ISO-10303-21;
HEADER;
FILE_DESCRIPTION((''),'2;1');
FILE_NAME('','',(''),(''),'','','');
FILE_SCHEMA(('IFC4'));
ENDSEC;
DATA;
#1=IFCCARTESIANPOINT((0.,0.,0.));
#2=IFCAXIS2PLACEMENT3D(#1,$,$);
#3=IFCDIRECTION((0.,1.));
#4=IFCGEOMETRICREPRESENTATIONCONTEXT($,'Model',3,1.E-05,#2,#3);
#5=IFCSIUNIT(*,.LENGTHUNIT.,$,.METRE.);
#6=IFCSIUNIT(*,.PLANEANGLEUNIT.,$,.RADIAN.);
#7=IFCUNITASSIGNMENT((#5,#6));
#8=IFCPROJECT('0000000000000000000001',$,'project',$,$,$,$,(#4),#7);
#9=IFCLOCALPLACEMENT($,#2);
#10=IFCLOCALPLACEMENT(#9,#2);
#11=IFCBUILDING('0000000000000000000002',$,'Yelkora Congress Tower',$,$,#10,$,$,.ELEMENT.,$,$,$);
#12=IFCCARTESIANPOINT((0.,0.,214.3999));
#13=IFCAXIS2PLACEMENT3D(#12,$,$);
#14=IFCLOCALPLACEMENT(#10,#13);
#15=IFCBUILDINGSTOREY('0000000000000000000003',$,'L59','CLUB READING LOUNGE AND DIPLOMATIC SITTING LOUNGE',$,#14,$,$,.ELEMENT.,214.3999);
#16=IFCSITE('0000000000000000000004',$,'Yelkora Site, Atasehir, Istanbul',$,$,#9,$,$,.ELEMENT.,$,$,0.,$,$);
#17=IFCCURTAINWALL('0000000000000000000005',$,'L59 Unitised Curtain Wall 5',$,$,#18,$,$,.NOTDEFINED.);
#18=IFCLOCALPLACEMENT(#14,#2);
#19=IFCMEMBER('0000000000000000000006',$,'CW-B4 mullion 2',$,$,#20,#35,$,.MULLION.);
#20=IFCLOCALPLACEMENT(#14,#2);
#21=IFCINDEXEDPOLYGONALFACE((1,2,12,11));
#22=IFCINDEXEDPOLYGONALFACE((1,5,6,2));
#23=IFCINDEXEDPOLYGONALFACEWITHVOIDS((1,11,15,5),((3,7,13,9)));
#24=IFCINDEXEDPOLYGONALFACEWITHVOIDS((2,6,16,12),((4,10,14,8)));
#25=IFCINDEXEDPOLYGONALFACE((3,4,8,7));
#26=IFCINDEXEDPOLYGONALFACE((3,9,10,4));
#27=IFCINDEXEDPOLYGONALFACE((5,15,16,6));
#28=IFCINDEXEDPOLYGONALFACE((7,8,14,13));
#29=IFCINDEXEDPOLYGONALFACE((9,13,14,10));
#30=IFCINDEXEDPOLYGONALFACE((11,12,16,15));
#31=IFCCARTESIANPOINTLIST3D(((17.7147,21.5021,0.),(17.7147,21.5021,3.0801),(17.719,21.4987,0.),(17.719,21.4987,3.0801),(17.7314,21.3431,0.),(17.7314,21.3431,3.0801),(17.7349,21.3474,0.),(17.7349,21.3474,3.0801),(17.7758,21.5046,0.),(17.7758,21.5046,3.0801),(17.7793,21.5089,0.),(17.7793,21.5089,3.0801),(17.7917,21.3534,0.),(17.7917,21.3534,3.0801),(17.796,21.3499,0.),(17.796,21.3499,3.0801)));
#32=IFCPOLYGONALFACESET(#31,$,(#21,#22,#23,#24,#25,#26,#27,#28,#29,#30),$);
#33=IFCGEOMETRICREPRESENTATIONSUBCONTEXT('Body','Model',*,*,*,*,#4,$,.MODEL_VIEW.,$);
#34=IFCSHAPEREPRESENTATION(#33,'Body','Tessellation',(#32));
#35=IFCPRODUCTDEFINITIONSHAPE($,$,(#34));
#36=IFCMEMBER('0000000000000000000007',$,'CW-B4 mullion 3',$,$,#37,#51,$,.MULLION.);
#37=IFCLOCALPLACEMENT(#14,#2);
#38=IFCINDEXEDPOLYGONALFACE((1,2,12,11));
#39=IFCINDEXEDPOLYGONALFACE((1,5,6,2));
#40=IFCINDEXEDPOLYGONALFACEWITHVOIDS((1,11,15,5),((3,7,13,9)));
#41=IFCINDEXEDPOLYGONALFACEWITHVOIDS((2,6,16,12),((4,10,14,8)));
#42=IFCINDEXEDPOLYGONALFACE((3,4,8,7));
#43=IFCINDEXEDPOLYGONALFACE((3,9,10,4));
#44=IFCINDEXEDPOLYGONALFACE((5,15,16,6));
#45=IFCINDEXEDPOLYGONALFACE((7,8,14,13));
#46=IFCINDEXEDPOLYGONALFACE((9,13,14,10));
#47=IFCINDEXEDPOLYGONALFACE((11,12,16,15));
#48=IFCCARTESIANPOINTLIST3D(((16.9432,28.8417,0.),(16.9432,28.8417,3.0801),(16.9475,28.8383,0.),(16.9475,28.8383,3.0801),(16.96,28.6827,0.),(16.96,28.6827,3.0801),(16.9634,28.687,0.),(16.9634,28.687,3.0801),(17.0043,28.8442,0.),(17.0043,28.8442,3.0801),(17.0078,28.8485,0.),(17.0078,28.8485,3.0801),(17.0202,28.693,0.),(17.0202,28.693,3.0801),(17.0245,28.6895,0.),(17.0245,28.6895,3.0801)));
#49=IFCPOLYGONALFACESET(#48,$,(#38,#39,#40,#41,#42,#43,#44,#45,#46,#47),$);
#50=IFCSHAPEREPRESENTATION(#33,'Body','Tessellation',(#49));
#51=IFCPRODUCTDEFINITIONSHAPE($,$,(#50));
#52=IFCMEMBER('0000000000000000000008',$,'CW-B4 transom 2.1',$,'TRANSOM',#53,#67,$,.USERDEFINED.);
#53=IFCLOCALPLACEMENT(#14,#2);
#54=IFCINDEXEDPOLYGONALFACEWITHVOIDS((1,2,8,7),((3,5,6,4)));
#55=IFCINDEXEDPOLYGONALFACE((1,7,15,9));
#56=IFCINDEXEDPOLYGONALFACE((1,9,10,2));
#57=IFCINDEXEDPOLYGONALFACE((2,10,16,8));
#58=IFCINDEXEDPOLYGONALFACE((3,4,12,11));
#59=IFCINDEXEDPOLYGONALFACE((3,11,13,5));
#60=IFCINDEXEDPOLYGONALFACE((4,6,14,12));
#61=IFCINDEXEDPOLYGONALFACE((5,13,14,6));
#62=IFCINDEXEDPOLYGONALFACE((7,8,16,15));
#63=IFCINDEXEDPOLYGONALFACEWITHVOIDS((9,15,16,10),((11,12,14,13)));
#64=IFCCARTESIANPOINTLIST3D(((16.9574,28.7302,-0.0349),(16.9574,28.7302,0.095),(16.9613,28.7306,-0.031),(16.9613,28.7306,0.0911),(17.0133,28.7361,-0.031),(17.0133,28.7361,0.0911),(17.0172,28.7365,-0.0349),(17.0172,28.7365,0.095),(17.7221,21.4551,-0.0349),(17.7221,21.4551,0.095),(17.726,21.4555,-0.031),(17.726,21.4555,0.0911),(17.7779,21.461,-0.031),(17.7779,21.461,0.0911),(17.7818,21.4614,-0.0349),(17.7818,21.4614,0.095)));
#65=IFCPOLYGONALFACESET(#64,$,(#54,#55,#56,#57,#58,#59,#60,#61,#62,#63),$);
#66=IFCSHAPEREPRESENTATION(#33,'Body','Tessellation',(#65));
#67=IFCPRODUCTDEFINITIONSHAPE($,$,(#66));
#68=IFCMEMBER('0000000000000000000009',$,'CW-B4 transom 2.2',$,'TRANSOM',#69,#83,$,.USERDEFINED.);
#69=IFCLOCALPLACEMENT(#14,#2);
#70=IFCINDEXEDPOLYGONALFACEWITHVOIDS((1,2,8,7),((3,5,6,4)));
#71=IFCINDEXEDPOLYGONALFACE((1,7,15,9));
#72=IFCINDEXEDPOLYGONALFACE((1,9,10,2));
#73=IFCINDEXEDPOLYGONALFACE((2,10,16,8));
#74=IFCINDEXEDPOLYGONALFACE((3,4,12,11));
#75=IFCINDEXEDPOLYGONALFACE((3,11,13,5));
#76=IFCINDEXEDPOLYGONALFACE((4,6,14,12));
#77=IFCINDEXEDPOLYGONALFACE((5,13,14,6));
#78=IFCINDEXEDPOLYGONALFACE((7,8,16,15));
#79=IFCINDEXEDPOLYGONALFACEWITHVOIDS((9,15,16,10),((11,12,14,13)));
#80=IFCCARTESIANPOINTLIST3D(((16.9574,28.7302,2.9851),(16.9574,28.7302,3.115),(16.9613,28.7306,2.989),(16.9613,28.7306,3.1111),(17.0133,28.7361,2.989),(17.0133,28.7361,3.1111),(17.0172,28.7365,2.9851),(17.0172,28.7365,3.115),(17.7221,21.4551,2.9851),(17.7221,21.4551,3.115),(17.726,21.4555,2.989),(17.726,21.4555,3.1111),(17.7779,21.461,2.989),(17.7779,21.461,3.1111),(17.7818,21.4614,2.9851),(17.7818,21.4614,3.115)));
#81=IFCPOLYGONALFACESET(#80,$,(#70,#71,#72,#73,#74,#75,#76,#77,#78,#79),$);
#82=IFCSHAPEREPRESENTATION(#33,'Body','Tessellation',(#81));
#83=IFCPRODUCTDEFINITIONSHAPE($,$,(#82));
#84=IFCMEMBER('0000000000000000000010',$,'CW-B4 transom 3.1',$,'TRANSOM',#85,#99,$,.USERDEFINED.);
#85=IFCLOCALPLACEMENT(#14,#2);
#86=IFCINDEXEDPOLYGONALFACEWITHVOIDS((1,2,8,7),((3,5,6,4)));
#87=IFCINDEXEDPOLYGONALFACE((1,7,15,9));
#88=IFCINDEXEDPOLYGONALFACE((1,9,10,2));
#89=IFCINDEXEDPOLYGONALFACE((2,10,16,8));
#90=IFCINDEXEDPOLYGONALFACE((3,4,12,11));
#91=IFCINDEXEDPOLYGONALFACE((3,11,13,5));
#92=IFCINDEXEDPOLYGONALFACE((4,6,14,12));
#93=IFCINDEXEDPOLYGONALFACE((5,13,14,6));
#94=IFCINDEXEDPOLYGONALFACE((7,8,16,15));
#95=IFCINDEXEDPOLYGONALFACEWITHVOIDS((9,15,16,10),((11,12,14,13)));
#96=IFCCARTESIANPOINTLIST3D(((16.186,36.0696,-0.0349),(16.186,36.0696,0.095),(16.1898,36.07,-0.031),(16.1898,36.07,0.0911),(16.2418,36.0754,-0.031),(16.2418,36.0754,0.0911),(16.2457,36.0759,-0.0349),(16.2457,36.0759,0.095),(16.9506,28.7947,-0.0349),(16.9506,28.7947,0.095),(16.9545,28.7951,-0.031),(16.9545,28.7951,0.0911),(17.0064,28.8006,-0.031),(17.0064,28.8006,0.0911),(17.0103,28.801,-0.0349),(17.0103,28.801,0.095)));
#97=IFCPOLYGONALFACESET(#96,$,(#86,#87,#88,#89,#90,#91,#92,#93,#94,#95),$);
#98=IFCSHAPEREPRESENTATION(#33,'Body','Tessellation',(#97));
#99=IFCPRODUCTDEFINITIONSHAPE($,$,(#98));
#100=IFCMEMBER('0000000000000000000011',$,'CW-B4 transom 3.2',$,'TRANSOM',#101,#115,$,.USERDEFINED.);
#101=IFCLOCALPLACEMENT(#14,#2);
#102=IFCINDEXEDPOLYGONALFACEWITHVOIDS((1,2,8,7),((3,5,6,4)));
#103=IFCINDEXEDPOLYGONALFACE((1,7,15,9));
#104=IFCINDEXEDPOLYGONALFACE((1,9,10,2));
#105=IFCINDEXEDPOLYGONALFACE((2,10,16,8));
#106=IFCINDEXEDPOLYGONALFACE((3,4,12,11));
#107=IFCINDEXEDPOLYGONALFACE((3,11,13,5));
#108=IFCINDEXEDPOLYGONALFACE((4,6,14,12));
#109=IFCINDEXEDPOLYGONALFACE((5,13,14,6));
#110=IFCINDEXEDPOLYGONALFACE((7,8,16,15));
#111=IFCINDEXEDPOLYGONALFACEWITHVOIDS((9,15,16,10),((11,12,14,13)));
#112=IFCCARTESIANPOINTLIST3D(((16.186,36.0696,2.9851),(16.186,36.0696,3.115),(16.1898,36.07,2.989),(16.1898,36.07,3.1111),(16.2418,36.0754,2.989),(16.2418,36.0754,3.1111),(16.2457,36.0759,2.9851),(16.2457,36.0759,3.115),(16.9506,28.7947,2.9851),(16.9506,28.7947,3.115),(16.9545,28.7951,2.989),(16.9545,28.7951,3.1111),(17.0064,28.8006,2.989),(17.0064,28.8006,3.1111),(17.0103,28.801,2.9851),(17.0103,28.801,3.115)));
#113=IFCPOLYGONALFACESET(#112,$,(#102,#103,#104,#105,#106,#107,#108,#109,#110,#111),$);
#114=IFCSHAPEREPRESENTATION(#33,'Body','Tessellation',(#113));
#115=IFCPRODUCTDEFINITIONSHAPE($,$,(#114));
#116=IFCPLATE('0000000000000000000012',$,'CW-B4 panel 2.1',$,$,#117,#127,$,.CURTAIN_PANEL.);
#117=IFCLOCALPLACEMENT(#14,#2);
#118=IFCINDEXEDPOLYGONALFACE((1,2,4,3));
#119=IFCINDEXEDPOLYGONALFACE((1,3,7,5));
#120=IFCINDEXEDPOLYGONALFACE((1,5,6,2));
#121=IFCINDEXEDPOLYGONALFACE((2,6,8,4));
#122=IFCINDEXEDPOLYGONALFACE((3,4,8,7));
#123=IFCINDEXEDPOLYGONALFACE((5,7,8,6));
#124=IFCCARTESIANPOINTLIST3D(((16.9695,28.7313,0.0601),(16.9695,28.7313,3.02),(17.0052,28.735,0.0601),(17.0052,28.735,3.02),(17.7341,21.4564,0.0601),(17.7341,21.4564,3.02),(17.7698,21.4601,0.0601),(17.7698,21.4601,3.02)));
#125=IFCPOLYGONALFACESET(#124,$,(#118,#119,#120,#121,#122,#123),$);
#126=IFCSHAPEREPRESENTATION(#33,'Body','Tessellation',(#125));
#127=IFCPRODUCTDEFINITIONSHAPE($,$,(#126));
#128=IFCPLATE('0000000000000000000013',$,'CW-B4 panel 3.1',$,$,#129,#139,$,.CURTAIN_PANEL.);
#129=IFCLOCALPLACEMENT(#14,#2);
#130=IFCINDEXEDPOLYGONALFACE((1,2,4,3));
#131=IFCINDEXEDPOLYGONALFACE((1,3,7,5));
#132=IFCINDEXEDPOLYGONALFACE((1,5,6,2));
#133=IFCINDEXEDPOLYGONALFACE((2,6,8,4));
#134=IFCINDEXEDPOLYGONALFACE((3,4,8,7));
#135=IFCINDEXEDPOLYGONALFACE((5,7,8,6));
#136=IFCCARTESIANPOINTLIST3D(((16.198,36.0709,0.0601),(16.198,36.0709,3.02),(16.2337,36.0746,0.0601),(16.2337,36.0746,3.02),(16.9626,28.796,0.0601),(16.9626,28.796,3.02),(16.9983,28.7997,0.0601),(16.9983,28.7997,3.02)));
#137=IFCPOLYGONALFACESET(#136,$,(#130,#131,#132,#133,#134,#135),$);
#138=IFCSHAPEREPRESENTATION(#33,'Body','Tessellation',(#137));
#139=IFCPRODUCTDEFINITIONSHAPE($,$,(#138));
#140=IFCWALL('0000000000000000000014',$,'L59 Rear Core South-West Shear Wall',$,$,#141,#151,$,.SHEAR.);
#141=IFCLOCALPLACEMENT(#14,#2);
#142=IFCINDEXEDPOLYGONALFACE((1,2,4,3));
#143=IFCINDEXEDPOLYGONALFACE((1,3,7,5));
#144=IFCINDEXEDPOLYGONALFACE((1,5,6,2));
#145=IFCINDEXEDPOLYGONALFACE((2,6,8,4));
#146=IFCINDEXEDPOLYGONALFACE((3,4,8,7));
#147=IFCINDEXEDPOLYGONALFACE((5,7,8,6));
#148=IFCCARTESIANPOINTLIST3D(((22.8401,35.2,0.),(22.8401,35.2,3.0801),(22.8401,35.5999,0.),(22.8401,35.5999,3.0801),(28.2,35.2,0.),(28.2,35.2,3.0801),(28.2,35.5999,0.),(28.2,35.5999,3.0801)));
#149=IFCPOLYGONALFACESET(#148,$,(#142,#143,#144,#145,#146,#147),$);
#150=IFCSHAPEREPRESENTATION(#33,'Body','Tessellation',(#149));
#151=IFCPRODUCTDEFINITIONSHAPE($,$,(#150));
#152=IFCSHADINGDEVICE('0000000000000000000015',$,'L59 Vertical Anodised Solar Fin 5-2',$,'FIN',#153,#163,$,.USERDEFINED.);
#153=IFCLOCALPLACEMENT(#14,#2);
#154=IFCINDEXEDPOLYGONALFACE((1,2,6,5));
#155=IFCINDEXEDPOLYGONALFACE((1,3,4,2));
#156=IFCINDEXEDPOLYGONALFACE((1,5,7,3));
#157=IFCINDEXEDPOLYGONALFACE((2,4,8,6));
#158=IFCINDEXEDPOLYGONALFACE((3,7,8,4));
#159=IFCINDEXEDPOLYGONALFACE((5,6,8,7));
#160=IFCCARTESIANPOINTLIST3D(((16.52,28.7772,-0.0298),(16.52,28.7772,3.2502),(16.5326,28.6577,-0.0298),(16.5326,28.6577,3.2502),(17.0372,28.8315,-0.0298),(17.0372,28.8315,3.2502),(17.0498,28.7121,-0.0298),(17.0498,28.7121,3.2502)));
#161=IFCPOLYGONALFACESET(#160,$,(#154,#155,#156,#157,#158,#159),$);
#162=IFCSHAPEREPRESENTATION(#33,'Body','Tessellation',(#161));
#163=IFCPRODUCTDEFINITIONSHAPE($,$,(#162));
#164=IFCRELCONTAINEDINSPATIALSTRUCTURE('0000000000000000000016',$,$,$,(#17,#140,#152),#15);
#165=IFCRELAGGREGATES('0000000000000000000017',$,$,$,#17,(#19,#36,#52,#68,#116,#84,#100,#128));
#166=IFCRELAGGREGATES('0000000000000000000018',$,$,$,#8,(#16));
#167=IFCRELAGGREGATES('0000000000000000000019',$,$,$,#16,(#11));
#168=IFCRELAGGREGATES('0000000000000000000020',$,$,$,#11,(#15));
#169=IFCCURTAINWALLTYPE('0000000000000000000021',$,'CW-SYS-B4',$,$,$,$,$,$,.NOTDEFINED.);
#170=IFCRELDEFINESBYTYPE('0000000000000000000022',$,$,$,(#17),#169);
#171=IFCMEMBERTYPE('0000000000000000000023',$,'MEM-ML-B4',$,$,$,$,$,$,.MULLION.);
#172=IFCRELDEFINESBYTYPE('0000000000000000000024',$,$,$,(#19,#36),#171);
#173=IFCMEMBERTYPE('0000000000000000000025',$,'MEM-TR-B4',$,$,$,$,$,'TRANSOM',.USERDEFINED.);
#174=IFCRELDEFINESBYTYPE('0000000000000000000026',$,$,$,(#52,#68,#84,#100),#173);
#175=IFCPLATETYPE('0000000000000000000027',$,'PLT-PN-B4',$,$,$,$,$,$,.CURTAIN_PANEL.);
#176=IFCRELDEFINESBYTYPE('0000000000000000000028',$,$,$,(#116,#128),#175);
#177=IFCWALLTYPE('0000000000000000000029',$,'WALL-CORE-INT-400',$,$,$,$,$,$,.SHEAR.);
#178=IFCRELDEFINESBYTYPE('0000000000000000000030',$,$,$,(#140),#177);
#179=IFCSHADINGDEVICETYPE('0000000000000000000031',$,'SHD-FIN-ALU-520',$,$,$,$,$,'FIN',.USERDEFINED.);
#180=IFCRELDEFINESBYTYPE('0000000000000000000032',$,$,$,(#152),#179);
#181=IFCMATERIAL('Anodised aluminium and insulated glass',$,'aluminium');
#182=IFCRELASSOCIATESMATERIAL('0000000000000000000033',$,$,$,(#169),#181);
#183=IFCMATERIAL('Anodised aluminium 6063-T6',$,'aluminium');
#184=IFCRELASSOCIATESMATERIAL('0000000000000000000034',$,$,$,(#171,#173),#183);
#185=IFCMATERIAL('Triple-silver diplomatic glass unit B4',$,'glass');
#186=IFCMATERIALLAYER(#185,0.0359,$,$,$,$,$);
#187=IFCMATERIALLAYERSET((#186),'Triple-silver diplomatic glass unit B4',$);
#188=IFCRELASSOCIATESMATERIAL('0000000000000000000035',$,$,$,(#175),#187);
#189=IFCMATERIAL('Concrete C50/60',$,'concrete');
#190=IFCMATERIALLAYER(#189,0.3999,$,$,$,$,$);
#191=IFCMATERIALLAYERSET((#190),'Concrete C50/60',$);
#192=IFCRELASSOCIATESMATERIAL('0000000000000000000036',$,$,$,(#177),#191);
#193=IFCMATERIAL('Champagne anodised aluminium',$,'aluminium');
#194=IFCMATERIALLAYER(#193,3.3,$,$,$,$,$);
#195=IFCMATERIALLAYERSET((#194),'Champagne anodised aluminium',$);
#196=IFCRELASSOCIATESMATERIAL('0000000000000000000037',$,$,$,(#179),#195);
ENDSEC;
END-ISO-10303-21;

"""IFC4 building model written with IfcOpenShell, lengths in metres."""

from ifc_helpers import new_model, si_unit, direction, frame, frame_2d, origin, origin_2d, place, context, subcontext, project, spatial, rectangle, hollow_rectangle, extrude, material, layer, layer_set, material_profile, profile_set, type_object, element, aggregate, save


model = new_model("IFC4")

# Units and contexts
model_context = context("Model", 3, precision=1e-05, world=origin(), true_north=direction((0.0, 1.0)))
body_context = subcontext(model_context, "Body", "Model", "MODEL_VIEW")
ifc_project = project(units=[si_unit("LENGTHUNIT", "METRE"), si_unit("PLANEANGLEUNIT", "RADIAN")], contexts=[model_context])

# Site, building, storey
site_placement = place(None, origin())
site = spatial("IfcSite", under=ifc_project, at=site_placement, Name="Yelkora Site, Atasehir, Istanbul", CompositionType="ELEMENT", RefElevation=0.0)
building_placement = place(site_placement, origin())
building = spatial("IfcBuilding", under=site, at=building_placement, Name="Yelkora Congress Tower", CompositionType="ELEMENT")
storey_placement = place(building_placement, frame((0.0, 0.0, 214.3999)))
storey = spatial("IfcBuildingStorey", under=building, at=storey_placement, Name="L59", Description="CLUB READING LOUNGE AND DIPLOMATIC SITTING LOUNGE", CompositionType="ELEMENT", Elevation=214.3999)

# Curtain wall, members, plates
ifc_material_1 = material(Name="Anodised aluminium and insulated glass", Category="aluminium")
curtain_wall_type = type_object("IfcCurtainWallType", Name="CW-SYS-B4", PredefinedType="NOTDEFINED", material=ifc_material_1)
curtain_wall_placement = place(storey_placement, origin())
curtain_wall = element("IfcCurtainWall", 1, at=curtain_wall_placement, inside=storey, type_object=curtain_wall_type, Name="L59 Unitised Curtain Wall 5", PredefinedType="NOTDEFINED")
ifc_material_2 = material(Name="Anodised aluminium 6063-T6", Category="aluminium")
ifc_material_profile_1 = material_profile(ifc_material_2, hollow_rectangle(XDim=0.0649, YDim=0.1599, WallThickness=0.0039, at=origin_2d()), Name="ALU 65x160x4")
ifc_profile_set_1 = profile_set([ifc_material_profile_1], Name="Anodised aluminium 6063-T6")
member_type_1 = type_object("IfcMemberType", Name="MEM-ML-B4", PredefinedType="MULLION", material=ifc_profile_set_1)
member_1_placement = place(storey_placement, frame((17.7554, 21.426, 0.0), z_axis=(0.0, 0.0, 1.0), x_axis=(-0.994522, -0.104526, 0.0)))
member_1 = element("IfcMember", 2, at=member_1_placement, type_object=member_type_1, Name="CW-B4 mullion 2", PredefinedType="MULLION", context=body_context, shape_type="SweptSolid", body=[
    extrude(hollow_rectangle(XDim=0.0649, YDim=0.1599, WallThickness=0.0039, at=origin_2d()), origin(), (0.0, 0.0, 1.0), 3.0801),
])
member_2_placement = place(storey_placement, frame((16.9839, 28.7656, 0.0), z_axis=(0.0, 0.0, 1.0), x_axis=(-0.994522, -0.104526, 0.0)))
member_2 = element("IfcMember", 3, at=member_2_placement, type_object=member_type_1, Name="CW-B4 mullion 3", PredefinedType="MULLION", context=body_context, shape_type="SweptSolid", body=[
    extrude(hollow_rectangle(XDim=0.0649, YDim=0.1599, WallThickness=0.0039, at=origin_2d()), origin(), (0.0, 0.0, 1.0), 3.0801),
])
ifc_material_profile_2 = material_profile(ifc_material_2, hollow_rectangle(XDim=0.0601, YDim=0.1299, WallThickness=0.0039, at=origin_2d()), Name="ALU 60x130x4")
ifc_profile_set_2 = profile_set([ifc_material_profile_2], Name="Anodised aluminium 6063-T6")
member_type_2 = type_object("IfcMemberType", Name="MEM-TR-B4", ElementType="TRANSOM", PredefinedType="USERDEFINED", material=ifc_profile_set_2)
member_3_placement = place(storey_placement, frame((17.752, 21.4583, 0.03), z_axis=(-0.104528, 0.994522, 0.0), x_axis=(-0.994522, -0.104528, 0.0)))
member_3 = element("IfcMember", 4, at=member_3_placement, type_object=member_type_2, Name="CW-B4 transom 2.1", ObjectType="TRANSOM", PredefinedType="USERDEFINED", context=body_context, shape_type="SweptSolid", body=[
    extrude(hollow_rectangle(XDim=0.0601, YDim=0.1299, WallThickness=0.0039, at=origin_2d()), origin(), (0.0, 0.0, 1.0), 7.3152),
])
member_4_placement = place(storey_placement, frame((17.752, 21.4583, 3.05), z_axis=(-0.104528, 0.994522, 0.0), x_axis=(-0.994522, -0.104528, 0.0)))
member_4 = element("IfcMember", 5, at=member_4_placement, type_object=member_type_2, Name="CW-B4 transom 2.2", ObjectType="TRANSOM", PredefinedType="USERDEFINED", context=body_context, shape_type="SweptSolid", body=[
    extrude(hollow_rectangle(XDim=0.0601, YDim=0.1299, WallThickness=0.0039, at=origin_2d()), origin(), (0.0, 0.0, 1.0), 7.3152),
])
member_5_placement = place(storey_placement, frame((16.9805, 28.7979, 0.03), z_axis=(-0.104532, 0.994522, 0.0), x_axis=(-0.994522, -0.104532, 0.0)))
member_5 = element("IfcMember", 6, at=member_5_placement, type_object=member_type_2, Name="CW-B4 transom 3.1", ObjectType="TRANSOM", PredefinedType="USERDEFINED", context=body_context, shape_type="SweptSolid", body=[
    extrude(hollow_rectangle(XDim=0.0601, YDim=0.1299, WallThickness=0.0039, at=origin_2d()), origin(), (0.0, 0.0, 1.0), 7.3149),
])
member_6_placement = place(storey_placement, frame((16.9805, 28.7979, 3.05), z_axis=(-0.104532, 0.994522, 0.0), x_axis=(-0.994522, -0.104532, 0.0)))
member_6 = element("IfcMember", 7, at=member_6_placement, type_object=member_type_2, Name="CW-B4 transom 3.2", ObjectType="TRANSOM", PredefinedType="USERDEFINED", context=body_context, shape_type="SweptSolid", body=[
    extrude(hollow_rectangle(XDim=0.0601, YDim=0.1299, WallThickness=0.0039, at=origin_2d()), origin(), (0.0, 0.0, 1.0), 7.3149),
])
ifc_material_3 = material(Name="Triple-silver diplomatic glass unit B4", Category="glass")
ifc_layer_1 = layer(ifc_material_3, 0.0359)
ifc_layer_set_1 = layer_set([ifc_layer_1], Name="Triple-silver diplomatic glass unit B4")
plate_type = type_object("IfcPlateType", Name="PLT-PN-B4", PredefinedType="CURTAIN_PANEL", material=ifc_layer_set_1)
plate_1_placement = place(storey_placement, frame((17.3696, 25.0957, 0.0601), z_axis=(0.0, 0.0, 1.0), x_axis=(-0.104526, 0.994522, 0.0)))
plate_1 = element("IfcPlate", 8, at=plate_1_placement, type_object=plate_type, Name="CW-B4 panel 2.1", PredefinedType="CURTAIN_PANEL", context=body_context, shape_type="SweptSolid", body=[
    extrude(rectangle(XDim=7.3149, YDim=0.0359, at=origin_2d()), origin(), (0.0, 0.0, 1.0), 2.96),
])
plate_2_placement = place(storey_placement, frame((16.5981, 32.4353, 0.0601), z_axis=(0.0, 0.0, 1.0), x_axis=(-0.104526, 0.994522, 0.0)))
plate_2 = element("IfcPlate", 9, at=plate_2_placement, type_object=plate_type, Name="CW-B4 panel 3.1", PredefinedType="CURTAIN_PANEL", context=body_context, shape_type="SweptSolid", body=[
    extrude(rectangle(XDim=7.3149, YDim=0.0359, at=origin_2d()), origin(), (0.0, 0.0, 1.0), 2.96),
])
aggregate(curtain_wall, [member_1, member_2, member_3, member_4, plate_1, member_5, member_6, plate_2])

# Wall
ifc_material_4 = material(Name="Concrete C50/60", Category="concrete")
ifc_layer_2 = layer(ifc_material_4, 0.3999)
ifc_layer_set_2 = layer_set([ifc_layer_2], Name="Concrete C50/60")
wall_type = type_object("IfcWallType", Name="WALL-CORE-INT-400", PredefinedType="SHEAR", material=ifc_layer_set_2)
wall_placement = place(storey_placement, frame((22.8401, 35.3999, 0.0), z_axis=(0.0, 0.0, 1.0), x_axis=(1.0, 0.0, 0.0)))
element("IfcWall", 10, at=wall_placement, inside=storey, type_object=wall_type, Name="L59 Rear Core South-West Shear Wall", PredefinedType="SHEAR", context=body_context, shape_type="SweptSolid", body=[
    extrude(rectangle(XDim=5.3599, YDim=0.3999, at=frame_2d((2.6799, 0.0))), origin(), (0.0, 0.0, 1.0), 3.0801),
])

# Shading device
ifc_material_5 = material(Name="Champagne anodised aluminium", Category="aluminium")
ifc_layer_3 = layer(ifc_material_5, 3.3)
ifc_layer_set_3 = layer_set([ifc_layer_3], Name="Champagne anodised aluminium")
shading_device_type = type_object("IfcShadingDeviceType", Name="SHD-FIN-ALU-520", ElementType="FIN", PredefinedType="USERDEFINED", material=ifc_layer_set_3)
shading_device_placement = place(storey_placement, frame((16.7849, 28.7446, -0.0298), z_axis=(0.0, 0.0, 1.0), x_axis=(-0.104528, 0.994522, 0.0)))
element("IfcShadingDevice", 11, at=shading_device_placement, inside=storey, type_object=shading_device_type, Name="L59 Vertical Anodised Solar Fin 5-2", ObjectType="FIN", PredefinedType="USERDEFINED", context=body_context, shape_type="SweptSolid", body=[
    extrude(rectangle(XDim=0.1201, YDim=0.52, at=origin_2d()), origin(), (0.0, 0.0, 1.0), 3.28),
])

save(model, "model.ifc")
